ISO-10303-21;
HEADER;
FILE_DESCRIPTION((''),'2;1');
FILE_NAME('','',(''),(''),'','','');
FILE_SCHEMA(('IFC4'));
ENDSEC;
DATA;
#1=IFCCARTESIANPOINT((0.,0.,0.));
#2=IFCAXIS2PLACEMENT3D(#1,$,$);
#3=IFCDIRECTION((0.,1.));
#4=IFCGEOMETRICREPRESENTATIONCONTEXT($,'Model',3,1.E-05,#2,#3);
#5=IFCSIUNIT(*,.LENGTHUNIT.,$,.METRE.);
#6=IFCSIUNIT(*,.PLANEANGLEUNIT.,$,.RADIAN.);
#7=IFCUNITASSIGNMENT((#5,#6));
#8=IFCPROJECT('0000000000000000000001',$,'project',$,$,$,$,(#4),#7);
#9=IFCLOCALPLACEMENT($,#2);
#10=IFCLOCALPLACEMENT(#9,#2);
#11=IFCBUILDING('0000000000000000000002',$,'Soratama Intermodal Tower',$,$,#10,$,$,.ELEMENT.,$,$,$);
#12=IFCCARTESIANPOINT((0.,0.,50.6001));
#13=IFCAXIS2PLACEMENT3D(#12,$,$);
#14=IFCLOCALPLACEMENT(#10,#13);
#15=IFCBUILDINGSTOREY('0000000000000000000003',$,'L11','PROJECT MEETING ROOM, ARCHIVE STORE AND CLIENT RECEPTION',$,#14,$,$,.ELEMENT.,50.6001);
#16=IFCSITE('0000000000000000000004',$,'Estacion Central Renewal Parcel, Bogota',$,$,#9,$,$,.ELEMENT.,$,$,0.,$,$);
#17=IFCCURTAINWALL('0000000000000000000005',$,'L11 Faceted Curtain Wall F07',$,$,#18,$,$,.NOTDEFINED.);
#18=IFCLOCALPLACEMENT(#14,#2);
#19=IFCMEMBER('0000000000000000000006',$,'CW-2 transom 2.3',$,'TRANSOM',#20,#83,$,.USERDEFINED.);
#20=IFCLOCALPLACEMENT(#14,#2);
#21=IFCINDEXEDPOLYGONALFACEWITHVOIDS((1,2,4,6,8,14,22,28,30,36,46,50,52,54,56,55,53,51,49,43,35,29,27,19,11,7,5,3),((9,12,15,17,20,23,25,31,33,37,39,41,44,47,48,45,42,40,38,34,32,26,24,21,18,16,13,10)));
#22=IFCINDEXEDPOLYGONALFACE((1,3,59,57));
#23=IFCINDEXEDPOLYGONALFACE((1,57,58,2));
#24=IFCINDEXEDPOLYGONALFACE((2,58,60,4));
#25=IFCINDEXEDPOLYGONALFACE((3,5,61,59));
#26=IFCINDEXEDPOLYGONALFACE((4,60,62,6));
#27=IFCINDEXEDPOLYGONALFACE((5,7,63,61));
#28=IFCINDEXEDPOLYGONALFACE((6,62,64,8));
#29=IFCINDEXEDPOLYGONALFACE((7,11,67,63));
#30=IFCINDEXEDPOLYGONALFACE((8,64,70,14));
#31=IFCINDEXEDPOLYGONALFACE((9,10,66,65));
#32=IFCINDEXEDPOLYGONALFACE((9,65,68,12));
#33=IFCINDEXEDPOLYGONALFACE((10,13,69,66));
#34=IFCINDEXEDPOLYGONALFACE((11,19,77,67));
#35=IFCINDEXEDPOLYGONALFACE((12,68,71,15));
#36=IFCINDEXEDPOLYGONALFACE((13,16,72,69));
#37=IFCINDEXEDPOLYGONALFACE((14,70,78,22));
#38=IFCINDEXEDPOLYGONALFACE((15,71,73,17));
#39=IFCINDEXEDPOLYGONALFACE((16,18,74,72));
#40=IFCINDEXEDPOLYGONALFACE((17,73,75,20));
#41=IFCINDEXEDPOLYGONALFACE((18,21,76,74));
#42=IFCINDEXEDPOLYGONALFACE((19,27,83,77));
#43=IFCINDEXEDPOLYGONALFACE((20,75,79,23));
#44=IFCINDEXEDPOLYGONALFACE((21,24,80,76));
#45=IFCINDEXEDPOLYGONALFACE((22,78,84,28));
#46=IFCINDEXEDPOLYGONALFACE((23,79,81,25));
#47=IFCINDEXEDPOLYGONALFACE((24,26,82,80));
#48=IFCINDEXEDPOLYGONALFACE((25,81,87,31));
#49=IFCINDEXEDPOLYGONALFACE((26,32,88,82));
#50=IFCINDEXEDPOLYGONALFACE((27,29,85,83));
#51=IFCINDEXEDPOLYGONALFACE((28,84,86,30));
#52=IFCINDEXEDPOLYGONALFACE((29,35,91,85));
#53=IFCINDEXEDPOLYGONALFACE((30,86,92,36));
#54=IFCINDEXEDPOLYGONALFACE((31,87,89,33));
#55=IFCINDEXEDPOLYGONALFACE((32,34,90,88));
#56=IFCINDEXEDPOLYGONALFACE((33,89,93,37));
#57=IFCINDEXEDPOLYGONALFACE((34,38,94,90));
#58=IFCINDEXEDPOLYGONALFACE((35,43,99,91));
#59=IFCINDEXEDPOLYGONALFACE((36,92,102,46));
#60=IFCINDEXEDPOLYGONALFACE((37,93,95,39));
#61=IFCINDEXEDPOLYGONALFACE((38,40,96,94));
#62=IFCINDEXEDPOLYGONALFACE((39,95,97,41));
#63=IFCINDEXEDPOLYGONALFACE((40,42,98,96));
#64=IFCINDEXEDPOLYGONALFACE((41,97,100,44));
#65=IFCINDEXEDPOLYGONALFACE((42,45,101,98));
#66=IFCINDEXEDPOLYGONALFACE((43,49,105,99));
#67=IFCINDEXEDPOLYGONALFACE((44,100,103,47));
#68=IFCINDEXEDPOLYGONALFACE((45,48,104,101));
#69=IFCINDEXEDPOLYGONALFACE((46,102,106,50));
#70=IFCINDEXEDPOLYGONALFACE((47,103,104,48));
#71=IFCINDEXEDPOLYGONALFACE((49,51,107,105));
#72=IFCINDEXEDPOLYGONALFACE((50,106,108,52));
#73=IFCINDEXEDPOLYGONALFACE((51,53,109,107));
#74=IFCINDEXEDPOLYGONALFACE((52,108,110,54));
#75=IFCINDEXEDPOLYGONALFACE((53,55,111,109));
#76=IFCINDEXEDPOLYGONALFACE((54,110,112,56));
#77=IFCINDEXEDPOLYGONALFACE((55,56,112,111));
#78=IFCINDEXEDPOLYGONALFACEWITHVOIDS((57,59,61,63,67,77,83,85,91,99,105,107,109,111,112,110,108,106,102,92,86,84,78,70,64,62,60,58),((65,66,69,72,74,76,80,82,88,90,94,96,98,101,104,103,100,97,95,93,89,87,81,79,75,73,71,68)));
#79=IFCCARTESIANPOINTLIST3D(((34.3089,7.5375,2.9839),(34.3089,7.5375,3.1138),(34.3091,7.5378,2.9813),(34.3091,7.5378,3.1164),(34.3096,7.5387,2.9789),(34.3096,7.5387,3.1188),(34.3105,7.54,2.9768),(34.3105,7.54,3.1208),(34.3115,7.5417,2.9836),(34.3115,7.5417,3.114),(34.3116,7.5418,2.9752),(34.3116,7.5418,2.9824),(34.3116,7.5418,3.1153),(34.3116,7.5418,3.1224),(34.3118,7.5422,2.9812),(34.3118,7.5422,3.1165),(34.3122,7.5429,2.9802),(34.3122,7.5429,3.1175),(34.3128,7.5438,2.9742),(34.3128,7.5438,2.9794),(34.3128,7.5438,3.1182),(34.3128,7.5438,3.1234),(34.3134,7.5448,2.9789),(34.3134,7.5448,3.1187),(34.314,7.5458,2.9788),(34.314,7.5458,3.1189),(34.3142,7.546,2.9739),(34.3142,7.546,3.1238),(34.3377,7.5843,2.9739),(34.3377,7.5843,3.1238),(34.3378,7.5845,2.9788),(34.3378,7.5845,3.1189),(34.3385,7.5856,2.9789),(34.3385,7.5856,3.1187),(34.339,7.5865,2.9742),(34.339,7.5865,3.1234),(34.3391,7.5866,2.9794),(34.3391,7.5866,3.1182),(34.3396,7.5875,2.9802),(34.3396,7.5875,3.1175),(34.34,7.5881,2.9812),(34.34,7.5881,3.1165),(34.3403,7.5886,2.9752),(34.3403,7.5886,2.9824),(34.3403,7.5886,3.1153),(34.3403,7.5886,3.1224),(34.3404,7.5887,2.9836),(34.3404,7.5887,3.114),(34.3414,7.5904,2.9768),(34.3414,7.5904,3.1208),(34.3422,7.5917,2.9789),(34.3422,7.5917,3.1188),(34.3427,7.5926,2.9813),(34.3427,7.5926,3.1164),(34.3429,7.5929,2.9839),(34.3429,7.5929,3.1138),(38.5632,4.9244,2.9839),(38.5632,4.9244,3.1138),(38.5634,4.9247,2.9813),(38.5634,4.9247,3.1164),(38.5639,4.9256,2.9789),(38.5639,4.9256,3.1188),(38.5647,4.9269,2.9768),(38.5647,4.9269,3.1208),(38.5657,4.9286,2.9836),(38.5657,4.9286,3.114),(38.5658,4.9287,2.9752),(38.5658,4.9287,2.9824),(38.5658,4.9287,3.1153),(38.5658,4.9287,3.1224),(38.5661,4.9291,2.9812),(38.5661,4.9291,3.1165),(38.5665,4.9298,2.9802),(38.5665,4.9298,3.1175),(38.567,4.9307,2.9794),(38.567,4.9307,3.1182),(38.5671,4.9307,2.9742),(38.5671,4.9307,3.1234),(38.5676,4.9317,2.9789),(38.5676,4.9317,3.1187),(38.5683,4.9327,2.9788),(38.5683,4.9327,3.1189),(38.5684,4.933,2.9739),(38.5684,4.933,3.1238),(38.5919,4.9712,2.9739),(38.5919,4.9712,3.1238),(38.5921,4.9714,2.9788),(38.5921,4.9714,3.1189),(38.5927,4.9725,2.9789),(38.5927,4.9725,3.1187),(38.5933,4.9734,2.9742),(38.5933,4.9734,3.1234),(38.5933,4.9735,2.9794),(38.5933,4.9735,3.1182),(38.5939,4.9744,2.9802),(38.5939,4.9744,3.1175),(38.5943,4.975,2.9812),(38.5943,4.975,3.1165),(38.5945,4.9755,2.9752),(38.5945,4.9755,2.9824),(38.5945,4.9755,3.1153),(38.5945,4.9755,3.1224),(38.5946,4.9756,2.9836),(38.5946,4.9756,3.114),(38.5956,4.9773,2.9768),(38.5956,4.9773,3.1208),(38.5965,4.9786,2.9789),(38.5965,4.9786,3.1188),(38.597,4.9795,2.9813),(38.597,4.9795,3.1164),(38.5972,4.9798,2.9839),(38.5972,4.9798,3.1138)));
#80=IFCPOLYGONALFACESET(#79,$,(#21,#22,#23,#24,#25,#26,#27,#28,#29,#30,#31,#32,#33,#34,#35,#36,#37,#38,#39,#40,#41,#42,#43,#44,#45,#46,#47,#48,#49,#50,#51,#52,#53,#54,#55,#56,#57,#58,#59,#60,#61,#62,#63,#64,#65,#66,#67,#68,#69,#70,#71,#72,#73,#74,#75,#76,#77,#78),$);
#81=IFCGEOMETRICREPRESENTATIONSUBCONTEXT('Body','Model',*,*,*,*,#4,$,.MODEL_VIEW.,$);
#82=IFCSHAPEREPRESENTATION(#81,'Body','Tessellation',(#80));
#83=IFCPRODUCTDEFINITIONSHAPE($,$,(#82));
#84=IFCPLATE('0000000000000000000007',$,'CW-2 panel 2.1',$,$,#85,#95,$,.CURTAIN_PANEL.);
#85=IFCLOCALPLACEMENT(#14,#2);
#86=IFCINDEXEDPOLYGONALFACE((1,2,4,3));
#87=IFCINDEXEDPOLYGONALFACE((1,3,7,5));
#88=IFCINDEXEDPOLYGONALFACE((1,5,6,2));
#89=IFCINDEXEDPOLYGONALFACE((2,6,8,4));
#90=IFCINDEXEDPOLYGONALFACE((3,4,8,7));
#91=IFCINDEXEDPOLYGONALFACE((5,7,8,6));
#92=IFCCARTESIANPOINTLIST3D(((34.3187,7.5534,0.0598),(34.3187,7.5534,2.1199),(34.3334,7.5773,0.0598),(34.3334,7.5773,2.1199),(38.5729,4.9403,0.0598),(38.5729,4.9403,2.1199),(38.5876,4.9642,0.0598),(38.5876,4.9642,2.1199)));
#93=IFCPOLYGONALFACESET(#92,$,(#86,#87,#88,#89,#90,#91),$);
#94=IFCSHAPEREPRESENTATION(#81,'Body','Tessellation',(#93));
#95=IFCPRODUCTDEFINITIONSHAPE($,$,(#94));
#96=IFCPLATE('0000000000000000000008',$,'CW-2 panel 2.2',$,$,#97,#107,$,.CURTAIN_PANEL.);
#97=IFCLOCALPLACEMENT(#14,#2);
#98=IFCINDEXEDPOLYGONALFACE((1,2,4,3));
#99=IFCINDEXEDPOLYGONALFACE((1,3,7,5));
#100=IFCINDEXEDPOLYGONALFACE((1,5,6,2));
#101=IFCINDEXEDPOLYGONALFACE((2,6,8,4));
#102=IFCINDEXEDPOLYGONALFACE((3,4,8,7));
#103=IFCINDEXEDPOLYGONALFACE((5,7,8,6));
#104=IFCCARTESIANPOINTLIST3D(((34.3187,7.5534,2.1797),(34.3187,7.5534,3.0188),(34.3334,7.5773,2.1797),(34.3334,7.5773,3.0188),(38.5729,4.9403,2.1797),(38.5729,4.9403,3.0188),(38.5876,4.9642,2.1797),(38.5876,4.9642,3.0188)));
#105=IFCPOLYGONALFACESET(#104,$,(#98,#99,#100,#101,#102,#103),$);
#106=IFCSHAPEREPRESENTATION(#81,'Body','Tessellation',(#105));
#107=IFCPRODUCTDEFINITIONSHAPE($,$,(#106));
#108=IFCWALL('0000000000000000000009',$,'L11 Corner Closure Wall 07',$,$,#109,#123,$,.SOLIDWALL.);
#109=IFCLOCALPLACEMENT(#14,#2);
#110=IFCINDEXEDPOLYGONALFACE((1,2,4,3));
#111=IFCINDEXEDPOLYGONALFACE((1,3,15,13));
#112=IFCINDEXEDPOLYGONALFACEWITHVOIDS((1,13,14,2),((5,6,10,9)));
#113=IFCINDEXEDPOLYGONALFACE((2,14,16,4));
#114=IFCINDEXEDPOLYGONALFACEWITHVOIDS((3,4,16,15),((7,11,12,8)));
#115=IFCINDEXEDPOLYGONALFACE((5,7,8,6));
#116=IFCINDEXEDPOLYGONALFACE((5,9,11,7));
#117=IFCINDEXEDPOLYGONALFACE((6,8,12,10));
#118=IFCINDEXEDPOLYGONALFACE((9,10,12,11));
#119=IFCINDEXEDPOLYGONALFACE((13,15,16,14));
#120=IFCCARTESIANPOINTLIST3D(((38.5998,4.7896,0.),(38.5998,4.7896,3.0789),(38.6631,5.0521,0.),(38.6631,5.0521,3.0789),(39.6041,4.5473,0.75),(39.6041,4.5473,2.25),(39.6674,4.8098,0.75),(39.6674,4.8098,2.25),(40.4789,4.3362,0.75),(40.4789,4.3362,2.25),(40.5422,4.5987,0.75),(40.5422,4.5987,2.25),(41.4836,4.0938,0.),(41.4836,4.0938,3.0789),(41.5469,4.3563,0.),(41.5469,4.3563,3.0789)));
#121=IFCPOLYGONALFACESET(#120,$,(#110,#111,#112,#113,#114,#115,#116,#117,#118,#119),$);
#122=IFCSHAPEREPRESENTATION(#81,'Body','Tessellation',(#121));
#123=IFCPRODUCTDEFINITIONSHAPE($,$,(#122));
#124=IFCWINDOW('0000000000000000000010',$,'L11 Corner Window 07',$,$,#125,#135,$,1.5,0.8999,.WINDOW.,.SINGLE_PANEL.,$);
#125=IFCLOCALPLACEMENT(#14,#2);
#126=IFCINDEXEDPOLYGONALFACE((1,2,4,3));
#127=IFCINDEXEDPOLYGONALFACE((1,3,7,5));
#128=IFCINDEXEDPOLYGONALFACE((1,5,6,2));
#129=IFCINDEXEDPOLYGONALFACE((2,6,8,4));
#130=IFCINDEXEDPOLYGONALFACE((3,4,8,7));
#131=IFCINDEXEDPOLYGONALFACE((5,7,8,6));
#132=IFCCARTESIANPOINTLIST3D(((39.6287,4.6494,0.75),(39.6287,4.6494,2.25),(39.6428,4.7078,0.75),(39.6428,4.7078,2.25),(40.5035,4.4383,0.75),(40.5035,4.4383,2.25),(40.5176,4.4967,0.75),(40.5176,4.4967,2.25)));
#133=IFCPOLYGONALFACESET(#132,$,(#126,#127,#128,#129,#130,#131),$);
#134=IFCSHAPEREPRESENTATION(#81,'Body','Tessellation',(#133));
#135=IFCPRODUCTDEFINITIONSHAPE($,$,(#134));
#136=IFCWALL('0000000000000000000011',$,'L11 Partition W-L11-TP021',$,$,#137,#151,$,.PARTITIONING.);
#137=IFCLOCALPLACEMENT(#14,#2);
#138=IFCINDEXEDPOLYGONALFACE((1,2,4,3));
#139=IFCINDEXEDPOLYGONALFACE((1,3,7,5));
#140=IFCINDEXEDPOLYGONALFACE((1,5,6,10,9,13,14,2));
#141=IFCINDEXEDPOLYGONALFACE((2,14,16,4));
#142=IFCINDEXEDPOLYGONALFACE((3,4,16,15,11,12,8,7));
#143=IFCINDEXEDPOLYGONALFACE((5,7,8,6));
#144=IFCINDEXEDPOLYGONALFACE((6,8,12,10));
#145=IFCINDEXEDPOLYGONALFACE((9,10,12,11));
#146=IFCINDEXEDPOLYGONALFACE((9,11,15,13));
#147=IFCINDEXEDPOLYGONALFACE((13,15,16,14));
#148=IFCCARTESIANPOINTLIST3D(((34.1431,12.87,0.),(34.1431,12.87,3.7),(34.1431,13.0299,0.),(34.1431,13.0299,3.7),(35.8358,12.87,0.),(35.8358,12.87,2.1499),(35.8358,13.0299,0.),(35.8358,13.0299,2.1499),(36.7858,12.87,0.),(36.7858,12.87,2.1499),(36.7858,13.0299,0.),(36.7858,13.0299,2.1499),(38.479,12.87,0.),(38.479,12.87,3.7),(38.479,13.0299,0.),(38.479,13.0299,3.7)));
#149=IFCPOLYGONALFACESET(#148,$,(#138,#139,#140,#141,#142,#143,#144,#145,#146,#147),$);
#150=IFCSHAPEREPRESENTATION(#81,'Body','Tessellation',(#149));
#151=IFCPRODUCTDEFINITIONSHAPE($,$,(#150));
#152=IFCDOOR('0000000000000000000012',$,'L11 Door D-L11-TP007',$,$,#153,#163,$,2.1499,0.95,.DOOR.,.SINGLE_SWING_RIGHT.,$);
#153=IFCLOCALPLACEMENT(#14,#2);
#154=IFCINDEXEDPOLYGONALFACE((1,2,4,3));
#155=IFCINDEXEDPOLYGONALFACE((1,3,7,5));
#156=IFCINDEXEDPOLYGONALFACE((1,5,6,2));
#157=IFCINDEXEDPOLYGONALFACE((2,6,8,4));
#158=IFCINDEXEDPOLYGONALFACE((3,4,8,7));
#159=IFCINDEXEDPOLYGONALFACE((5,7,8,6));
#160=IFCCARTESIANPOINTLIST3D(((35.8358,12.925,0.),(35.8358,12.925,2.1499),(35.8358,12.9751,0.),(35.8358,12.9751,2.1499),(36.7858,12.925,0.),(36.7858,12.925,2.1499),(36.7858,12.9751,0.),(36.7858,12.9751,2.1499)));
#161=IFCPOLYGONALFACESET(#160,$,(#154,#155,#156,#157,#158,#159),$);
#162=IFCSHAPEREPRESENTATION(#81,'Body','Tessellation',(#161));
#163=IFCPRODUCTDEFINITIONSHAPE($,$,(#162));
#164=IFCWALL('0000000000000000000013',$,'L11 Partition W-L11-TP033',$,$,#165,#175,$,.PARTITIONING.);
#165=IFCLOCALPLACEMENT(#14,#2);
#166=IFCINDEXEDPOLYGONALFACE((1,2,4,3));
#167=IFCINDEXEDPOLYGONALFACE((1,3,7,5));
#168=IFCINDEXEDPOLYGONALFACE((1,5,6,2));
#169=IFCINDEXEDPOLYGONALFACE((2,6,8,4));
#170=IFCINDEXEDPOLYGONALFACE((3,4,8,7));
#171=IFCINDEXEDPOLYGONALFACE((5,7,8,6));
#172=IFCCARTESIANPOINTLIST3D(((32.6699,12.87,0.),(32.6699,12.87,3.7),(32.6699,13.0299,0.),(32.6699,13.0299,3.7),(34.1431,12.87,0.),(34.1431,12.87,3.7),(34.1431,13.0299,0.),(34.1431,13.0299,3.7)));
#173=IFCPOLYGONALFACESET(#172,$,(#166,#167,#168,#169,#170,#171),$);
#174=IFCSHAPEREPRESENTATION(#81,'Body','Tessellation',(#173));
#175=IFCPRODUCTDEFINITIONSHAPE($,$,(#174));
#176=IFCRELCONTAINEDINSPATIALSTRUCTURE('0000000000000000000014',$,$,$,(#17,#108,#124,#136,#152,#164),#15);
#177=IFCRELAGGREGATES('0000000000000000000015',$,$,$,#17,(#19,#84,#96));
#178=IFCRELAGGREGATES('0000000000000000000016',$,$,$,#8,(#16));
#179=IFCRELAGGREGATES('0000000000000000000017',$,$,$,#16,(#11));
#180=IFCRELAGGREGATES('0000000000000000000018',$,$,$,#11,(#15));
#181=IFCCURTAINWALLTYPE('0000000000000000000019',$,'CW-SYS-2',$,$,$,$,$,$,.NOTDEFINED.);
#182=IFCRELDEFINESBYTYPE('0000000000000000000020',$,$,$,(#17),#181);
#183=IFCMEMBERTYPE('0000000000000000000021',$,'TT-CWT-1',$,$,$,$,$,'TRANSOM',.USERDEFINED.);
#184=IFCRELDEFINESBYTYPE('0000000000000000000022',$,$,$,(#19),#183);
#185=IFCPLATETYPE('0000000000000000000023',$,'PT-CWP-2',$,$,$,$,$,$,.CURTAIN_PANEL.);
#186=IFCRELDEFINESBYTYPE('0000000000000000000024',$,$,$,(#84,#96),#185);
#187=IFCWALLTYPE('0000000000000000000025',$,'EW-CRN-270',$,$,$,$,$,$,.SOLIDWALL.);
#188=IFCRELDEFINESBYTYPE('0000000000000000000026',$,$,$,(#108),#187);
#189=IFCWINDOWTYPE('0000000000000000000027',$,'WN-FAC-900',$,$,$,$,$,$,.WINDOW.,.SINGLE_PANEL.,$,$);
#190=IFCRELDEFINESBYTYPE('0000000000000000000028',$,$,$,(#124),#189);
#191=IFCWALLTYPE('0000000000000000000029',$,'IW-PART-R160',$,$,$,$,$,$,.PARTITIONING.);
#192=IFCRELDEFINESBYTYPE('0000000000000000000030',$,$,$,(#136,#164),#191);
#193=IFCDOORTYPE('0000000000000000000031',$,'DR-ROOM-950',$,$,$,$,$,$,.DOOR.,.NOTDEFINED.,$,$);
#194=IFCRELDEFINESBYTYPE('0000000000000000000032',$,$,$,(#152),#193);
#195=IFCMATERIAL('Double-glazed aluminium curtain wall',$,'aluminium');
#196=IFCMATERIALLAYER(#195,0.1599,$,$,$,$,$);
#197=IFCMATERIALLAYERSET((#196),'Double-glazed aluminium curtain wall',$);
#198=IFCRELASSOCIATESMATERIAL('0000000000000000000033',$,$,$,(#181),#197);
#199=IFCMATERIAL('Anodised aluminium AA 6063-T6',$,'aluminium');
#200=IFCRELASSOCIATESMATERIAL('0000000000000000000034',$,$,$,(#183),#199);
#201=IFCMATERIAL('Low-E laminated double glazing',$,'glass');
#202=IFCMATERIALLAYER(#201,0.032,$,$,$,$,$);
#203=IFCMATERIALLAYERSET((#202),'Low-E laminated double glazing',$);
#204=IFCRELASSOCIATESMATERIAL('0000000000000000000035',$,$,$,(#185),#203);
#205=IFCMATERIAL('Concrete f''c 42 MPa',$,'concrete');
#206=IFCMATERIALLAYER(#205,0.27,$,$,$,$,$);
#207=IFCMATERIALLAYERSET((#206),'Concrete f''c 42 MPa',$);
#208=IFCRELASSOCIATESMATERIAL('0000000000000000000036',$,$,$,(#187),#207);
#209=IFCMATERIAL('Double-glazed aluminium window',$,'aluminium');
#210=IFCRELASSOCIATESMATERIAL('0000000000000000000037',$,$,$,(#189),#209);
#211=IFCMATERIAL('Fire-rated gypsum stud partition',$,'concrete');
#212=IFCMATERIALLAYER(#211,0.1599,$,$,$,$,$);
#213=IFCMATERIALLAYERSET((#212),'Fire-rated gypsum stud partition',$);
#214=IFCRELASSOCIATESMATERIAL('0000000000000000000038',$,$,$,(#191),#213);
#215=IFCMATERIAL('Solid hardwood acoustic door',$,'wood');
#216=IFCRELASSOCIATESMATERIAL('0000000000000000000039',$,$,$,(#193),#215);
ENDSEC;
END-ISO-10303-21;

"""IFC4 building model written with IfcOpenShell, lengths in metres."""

from ifc_helpers import new_model, si_unit, direction, frame, frame_2d, origin, origin_2d, place, context, subcontext, project, spatial, rectangle, hollow_rectangle, extrude, material, layer, layer_set, material_profile, profile_set, type_object, element, fill, aggregate, save


model = new_model("IFC4")

# Units and contexts
model_context = context("Model", 3, precision=1e-05, world=origin(), true_north=direction((0.0, 1.0)))
body_context = subcontext(model_context, "Body", "Model", "MODEL_VIEW")
ifc_project = project(units=[si_unit("LENGTHUNIT", "METRE"), si_unit("PLANEANGLEUNIT", "RADIAN")], contexts=[model_context])

# Site, building, storey
site_placement = place(None, origin())
site = spatial("IfcSite", under=ifc_project, at=site_placement, Name="Estacion Central Renewal Parcel, Bogota", CompositionType="ELEMENT", RefElevation=0.0)
building_placement = place(site_placement, origin())
building = spatial("IfcBuilding", under=site, at=building_placement, Name="Soratama Intermodal Tower", CompositionType="ELEMENT")
storey_placement = place(building_placement, frame((0.0, 0.0, 50.6001)))
storey = spatial("IfcBuildingStorey", under=building, at=storey_placement, Name="L11", Description="PROJECT MEETING ROOM, ARCHIVE STORE AND CLIENT RECEPTION", CompositionType="ELEMENT", Elevation=50.6001)

# Curtain wall, member, plates
ifc_material_1 = material(Name="Double-glazed aluminium curtain wall", Category="aluminium")
ifc_layer_1 = layer(ifc_material_1, 0.1599)
ifc_layer_set_1 = layer_set([ifc_layer_1], Name="Double-glazed aluminium curtain wall")
curtain_wall_type = type_object("IfcCurtainWallType", Name="CW-SYS-2", PredefinedType="NOTDEFINED", material=ifc_layer_set_1)
curtain_wall_placement = place(storey_placement, origin())
curtain_wall = element("IfcCurtainWall", 1, at=curtain_wall_placement, inside=storey, type_object=curtain_wall_type, Name="L11 Faceted Curtain Wall F07", PredefinedType="NOTDEFINED")
ifc_material_2 = material(Name="Anodised aluminium AA 6063-T6", Category="aluminium")
ifc_material_profile_1 = material_profile(ifc_material_2, hollow_rectangle(XDim=0.0649, YDim=0.1499, WallThickness=0.0049, InnerFilletRadius=0.0049, OuterFilletRadius=0.01, at=origin_2d()), Name="CWT150X65X5")
ifc_profile_set_1 = profile_set([ifc_material_profile_1], Name="Anodised aluminium AA 6063-T6")
member_type_1 = type_object("IfcMemberType", Name="TT-CWT-1", ElementType="TRANSOM", PredefinedType="USERDEFINED", material=ifc_profile_set_1)
member_1_placement = place(storey_placement, frame((34.3259, 7.5652, 3.0488), z_axis=(0.852096, -0.523385, 0.0), x_axis=(0.523385, 0.852096, 0.0)))
member_1 = element("IfcMember", 2, at=member_1_placement, type_object=member_type_1, Name="CW-2 transom 2.3", ObjectType="TRANSOM", PredefinedType="USERDEFINED", context=body_context, shape_type="SweptSolid", body=[
    extrude(hollow_rectangle(XDim=0.0649, YDim=0.1499, WallThickness=0.0049, InnerFilletRadius=0.0049, OuterFilletRadius=0.01, at=origin_2d()), origin(), (0.0, 0.0, 1.0), 4.9927),
])
ifc_material_3 = material(Name="Low-E laminated double glazing", Category="glass")
ifc_layer_2 = layer(ifc_material_3, 0.032)
ifc_layer_set_2 = layer_set([ifc_layer_2], Name="Low-E laminated double glazing")
plate_type = type_object("IfcPlateType", Name="PT-CWP-2", PredefinedType="CURTAIN_PANEL", material=ifc_layer_set_2)
plate_1_placement = place(storey_placement, frame((36.4531, 6.2588, 0.0598), z_axis=(0.0, 0.0, 1.0), x_axis=(0.852096, -0.523385, 0.0)))
plate_1 = element("IfcPlate", 3, at=plate_1_placement, type_object=plate_type, Name="CW-2 panel 2.1", PredefinedType="CURTAIN_PANEL", context=body_context, shape_type="SweptSolid", body=[
    extrude(rectangle(XDim=4.9927, YDim=0.0281, at=origin_2d()), origin(), (0.0, 0.0, 1.0), 2.0601),
])
plate_2_placement = place(storey_placement, frame((36.4531, 6.2588, 2.1797), z_axis=(0.0, 0.0, 1.0), x_axis=(0.852096, -0.523385, 0.0)))
plate_2 = element("IfcPlate", 4, at=plate_2_placement, type_object=plate_type, Name="CW-2 panel 2.2", PredefinedType="CURTAIN_PANEL", context=body_context, shape_type="SweptSolid", body=[
    extrude(rectangle(XDim=4.9927, YDim=0.0281, at=origin_2d()), origin(), (0.0, 0.0, 1.0), 0.8391),
])
aggregate(curtain_wall, [member_1, plate_1, plate_2])

# Wall, opening, window
ifc_material_4 = material(Name="Concrete f'c 42 MPa", Category="concrete")
ifc_layer_3 = layer(ifc_material_4, 0.27)
ifc_layer_set_3 = layer_set([ifc_layer_3], Name="Concrete f'c 42 MPa")
wall_type_1 = type_object("IfcWallType", Name="EW-CRN-270", PredefinedType="SOLIDWALL", material=ifc_layer_set_3)
wall_1_placement = place(storey_placement, frame((38.6313, 4.9209, 0.0), z_axis=(0.0, 0.0, 1.0), x_axis=(0.972104, -0.234549, 0.0)))
wall_1 = element("IfcWall", 5, at=wall_1_placement, inside=storey, type_object=wall_type_1, Name="L11 Corner Closure Wall 07", PredefinedType="SOLIDWALL", context=body_context, shape_type="SweptSolid", body=[
    extrude(rectangle(XDim=2.9666, YDim=0.27, at=frame_2d((1.4834, 0.0))), origin(), (0.0, 0.0, 1.0), 3.0789),
])
opening_1_placement = place(wall_1_placement, frame((1.0332, 0.0, 0.75)))
opening_1 = element("IfcOpeningElement", 6, at=opening_1_placement, cuts=wall_1, PredefinedType="OPENING", context=body_context, shape_type="SweptSolid", body=[
    extrude(rectangle(XDim=0.8999, YDim=1.5, at=frame_2d((0.45, 0.75))), frame((0.0, 0.145, 0.0), z_axis=(0.0, -1.0, 0.0), x_axis=(1.0, 0.0, 0.0)), (0.0, 0.0, 1.0), 0.29),
])
ifc_material_5 = material(Name="Double-glazed aluminium window", Category="aluminium")
window_type = type_object("IfcWindowType", Name="WN-FAC-900", PartitioningType="SINGLE_PANEL", PredefinedType="WINDOW", material=ifc_material_5)
window_placement = place(opening_1_placement, origin())
window = element("IfcWindow", 7, at=window_placement, inside=storey, type_object=window_type, Name="L11 Corner Window 07", OverallHeight=1.5, OverallWidth=0.8999, PartitioningType="SINGLE_PANEL", PredefinedType="WINDOW", context=body_context, shape_type="SweptSolid", body=[
    extrude(rectangle(XDim=0.8999, YDim=1.5, at=frame_2d((0.45, 0.75))), frame((0.0, 0.03, 0.0), z_axis=(0.0, -1.0, 0.0), x_axis=(1.0, 0.0, 0.0)), (0.0, 0.0, 1.0), 0.0601),
])
fill(opening_1, window)

# Wall, opening, door
ifc_material_6 = material(Name="Fire-rated gypsum stud partition", Category="concrete")
ifc_layer_4 = layer(ifc_material_6, 0.1599)
ifc_layer_set_4 = layer_set([ifc_layer_4], Name="Fire-rated gypsum stud partition")
wall_type_2 = type_object("IfcWallType", Name="IW-PART-R160", PredefinedType="PARTITIONING", material=ifc_layer_set_4)
wall_2_placement = place(storey_placement, frame((38.479, 12.95, 0.0), z_axis=(0.0, 0.0, 1.0), x_axis=(-1.0, 0.0, 0.0)))
wall_2 = element("IfcWall", 8, at=wall_2_placement, inside=storey, type_object=wall_type_2, Name="L11 Partition W-L11-TP021", PredefinedType="PARTITIONING", context=body_context, shape_type="SweptSolid", body=[
    extrude(rectangle(XDim=4.3359, YDim=0.1599, at=frame_2d((2.168, 0.0))), origin(), (0.0, 0.0, 1.0), 3.7),
])
opening_2_placement = place(wall_2_placement, frame((1.6931, 0.0, 0.0)))
opening_2 = element("IfcOpeningElement", 9, at=opening_2_placement, cuts=wall_2, PredefinedType="OPENING", context=body_context, shape_type="SweptSolid", body=[
    extrude(rectangle(XDim=0.95, YDim=2.1499, at=frame_2d((0.4751, 1.075))), frame((0.0, 0.0898, 0.0), z_axis=(0.0, -1.0, 0.0), x_axis=(1.0, 0.0, 0.0)), (0.0, 0.0, 1.0), 0.1799),
])
ifc_material_7 = material(Name="Solid hardwood acoustic door", Category="wood")
door_type = type_object("IfcDoorType", Name="DR-ROOM-950", OperationType="NOTDEFINED", PredefinedType="DOOR", material=ifc_material_7)
door_placement = place(opening_2_placement, origin())
door = element("IfcDoor", 10, at=door_placement, inside=storey, type_object=door_type, Name="L11 Door D-L11-TP007", OperationType="SINGLE_SWING_RIGHT", OverallHeight=2.1499, OverallWidth=0.95, PredefinedType="DOOR", context=body_context, shape_type="SweptSolid", body=[
    extrude(rectangle(XDim=0.95, YDim=2.1499, at=frame_2d((0.4751, 1.075))), frame((0.0, 0.0249, 0.0), z_axis=(0.0, -1.0, 0.0), x_axis=(1.0, 0.0, 0.0)), (0.0, 0.0, 1.0), 0.05),
])
fill(opening_2, door)

# Wall
wall_3_placement = place(storey_placement, frame((34.1431, 12.95, 0.0), z_axis=(0.0, 0.0, 1.0), x_axis=(-1.0, 0.0, 0.0)))
element("IfcWall", 11, at=wall_3_placement, inside=storey, type_object=wall_type_2, Name="L11 Partition W-L11-TP033", PredefinedType="PARTITIONING", context=body_context, shape_type="SweptSolid", body=[
    extrude(rectangle(XDim=1.4731, YDim=0.1599, at=frame_2d((0.7366, 0.0))), origin(), (0.0, 0.0, 1.0), 3.7),
])

save(model, "model.ifc")
